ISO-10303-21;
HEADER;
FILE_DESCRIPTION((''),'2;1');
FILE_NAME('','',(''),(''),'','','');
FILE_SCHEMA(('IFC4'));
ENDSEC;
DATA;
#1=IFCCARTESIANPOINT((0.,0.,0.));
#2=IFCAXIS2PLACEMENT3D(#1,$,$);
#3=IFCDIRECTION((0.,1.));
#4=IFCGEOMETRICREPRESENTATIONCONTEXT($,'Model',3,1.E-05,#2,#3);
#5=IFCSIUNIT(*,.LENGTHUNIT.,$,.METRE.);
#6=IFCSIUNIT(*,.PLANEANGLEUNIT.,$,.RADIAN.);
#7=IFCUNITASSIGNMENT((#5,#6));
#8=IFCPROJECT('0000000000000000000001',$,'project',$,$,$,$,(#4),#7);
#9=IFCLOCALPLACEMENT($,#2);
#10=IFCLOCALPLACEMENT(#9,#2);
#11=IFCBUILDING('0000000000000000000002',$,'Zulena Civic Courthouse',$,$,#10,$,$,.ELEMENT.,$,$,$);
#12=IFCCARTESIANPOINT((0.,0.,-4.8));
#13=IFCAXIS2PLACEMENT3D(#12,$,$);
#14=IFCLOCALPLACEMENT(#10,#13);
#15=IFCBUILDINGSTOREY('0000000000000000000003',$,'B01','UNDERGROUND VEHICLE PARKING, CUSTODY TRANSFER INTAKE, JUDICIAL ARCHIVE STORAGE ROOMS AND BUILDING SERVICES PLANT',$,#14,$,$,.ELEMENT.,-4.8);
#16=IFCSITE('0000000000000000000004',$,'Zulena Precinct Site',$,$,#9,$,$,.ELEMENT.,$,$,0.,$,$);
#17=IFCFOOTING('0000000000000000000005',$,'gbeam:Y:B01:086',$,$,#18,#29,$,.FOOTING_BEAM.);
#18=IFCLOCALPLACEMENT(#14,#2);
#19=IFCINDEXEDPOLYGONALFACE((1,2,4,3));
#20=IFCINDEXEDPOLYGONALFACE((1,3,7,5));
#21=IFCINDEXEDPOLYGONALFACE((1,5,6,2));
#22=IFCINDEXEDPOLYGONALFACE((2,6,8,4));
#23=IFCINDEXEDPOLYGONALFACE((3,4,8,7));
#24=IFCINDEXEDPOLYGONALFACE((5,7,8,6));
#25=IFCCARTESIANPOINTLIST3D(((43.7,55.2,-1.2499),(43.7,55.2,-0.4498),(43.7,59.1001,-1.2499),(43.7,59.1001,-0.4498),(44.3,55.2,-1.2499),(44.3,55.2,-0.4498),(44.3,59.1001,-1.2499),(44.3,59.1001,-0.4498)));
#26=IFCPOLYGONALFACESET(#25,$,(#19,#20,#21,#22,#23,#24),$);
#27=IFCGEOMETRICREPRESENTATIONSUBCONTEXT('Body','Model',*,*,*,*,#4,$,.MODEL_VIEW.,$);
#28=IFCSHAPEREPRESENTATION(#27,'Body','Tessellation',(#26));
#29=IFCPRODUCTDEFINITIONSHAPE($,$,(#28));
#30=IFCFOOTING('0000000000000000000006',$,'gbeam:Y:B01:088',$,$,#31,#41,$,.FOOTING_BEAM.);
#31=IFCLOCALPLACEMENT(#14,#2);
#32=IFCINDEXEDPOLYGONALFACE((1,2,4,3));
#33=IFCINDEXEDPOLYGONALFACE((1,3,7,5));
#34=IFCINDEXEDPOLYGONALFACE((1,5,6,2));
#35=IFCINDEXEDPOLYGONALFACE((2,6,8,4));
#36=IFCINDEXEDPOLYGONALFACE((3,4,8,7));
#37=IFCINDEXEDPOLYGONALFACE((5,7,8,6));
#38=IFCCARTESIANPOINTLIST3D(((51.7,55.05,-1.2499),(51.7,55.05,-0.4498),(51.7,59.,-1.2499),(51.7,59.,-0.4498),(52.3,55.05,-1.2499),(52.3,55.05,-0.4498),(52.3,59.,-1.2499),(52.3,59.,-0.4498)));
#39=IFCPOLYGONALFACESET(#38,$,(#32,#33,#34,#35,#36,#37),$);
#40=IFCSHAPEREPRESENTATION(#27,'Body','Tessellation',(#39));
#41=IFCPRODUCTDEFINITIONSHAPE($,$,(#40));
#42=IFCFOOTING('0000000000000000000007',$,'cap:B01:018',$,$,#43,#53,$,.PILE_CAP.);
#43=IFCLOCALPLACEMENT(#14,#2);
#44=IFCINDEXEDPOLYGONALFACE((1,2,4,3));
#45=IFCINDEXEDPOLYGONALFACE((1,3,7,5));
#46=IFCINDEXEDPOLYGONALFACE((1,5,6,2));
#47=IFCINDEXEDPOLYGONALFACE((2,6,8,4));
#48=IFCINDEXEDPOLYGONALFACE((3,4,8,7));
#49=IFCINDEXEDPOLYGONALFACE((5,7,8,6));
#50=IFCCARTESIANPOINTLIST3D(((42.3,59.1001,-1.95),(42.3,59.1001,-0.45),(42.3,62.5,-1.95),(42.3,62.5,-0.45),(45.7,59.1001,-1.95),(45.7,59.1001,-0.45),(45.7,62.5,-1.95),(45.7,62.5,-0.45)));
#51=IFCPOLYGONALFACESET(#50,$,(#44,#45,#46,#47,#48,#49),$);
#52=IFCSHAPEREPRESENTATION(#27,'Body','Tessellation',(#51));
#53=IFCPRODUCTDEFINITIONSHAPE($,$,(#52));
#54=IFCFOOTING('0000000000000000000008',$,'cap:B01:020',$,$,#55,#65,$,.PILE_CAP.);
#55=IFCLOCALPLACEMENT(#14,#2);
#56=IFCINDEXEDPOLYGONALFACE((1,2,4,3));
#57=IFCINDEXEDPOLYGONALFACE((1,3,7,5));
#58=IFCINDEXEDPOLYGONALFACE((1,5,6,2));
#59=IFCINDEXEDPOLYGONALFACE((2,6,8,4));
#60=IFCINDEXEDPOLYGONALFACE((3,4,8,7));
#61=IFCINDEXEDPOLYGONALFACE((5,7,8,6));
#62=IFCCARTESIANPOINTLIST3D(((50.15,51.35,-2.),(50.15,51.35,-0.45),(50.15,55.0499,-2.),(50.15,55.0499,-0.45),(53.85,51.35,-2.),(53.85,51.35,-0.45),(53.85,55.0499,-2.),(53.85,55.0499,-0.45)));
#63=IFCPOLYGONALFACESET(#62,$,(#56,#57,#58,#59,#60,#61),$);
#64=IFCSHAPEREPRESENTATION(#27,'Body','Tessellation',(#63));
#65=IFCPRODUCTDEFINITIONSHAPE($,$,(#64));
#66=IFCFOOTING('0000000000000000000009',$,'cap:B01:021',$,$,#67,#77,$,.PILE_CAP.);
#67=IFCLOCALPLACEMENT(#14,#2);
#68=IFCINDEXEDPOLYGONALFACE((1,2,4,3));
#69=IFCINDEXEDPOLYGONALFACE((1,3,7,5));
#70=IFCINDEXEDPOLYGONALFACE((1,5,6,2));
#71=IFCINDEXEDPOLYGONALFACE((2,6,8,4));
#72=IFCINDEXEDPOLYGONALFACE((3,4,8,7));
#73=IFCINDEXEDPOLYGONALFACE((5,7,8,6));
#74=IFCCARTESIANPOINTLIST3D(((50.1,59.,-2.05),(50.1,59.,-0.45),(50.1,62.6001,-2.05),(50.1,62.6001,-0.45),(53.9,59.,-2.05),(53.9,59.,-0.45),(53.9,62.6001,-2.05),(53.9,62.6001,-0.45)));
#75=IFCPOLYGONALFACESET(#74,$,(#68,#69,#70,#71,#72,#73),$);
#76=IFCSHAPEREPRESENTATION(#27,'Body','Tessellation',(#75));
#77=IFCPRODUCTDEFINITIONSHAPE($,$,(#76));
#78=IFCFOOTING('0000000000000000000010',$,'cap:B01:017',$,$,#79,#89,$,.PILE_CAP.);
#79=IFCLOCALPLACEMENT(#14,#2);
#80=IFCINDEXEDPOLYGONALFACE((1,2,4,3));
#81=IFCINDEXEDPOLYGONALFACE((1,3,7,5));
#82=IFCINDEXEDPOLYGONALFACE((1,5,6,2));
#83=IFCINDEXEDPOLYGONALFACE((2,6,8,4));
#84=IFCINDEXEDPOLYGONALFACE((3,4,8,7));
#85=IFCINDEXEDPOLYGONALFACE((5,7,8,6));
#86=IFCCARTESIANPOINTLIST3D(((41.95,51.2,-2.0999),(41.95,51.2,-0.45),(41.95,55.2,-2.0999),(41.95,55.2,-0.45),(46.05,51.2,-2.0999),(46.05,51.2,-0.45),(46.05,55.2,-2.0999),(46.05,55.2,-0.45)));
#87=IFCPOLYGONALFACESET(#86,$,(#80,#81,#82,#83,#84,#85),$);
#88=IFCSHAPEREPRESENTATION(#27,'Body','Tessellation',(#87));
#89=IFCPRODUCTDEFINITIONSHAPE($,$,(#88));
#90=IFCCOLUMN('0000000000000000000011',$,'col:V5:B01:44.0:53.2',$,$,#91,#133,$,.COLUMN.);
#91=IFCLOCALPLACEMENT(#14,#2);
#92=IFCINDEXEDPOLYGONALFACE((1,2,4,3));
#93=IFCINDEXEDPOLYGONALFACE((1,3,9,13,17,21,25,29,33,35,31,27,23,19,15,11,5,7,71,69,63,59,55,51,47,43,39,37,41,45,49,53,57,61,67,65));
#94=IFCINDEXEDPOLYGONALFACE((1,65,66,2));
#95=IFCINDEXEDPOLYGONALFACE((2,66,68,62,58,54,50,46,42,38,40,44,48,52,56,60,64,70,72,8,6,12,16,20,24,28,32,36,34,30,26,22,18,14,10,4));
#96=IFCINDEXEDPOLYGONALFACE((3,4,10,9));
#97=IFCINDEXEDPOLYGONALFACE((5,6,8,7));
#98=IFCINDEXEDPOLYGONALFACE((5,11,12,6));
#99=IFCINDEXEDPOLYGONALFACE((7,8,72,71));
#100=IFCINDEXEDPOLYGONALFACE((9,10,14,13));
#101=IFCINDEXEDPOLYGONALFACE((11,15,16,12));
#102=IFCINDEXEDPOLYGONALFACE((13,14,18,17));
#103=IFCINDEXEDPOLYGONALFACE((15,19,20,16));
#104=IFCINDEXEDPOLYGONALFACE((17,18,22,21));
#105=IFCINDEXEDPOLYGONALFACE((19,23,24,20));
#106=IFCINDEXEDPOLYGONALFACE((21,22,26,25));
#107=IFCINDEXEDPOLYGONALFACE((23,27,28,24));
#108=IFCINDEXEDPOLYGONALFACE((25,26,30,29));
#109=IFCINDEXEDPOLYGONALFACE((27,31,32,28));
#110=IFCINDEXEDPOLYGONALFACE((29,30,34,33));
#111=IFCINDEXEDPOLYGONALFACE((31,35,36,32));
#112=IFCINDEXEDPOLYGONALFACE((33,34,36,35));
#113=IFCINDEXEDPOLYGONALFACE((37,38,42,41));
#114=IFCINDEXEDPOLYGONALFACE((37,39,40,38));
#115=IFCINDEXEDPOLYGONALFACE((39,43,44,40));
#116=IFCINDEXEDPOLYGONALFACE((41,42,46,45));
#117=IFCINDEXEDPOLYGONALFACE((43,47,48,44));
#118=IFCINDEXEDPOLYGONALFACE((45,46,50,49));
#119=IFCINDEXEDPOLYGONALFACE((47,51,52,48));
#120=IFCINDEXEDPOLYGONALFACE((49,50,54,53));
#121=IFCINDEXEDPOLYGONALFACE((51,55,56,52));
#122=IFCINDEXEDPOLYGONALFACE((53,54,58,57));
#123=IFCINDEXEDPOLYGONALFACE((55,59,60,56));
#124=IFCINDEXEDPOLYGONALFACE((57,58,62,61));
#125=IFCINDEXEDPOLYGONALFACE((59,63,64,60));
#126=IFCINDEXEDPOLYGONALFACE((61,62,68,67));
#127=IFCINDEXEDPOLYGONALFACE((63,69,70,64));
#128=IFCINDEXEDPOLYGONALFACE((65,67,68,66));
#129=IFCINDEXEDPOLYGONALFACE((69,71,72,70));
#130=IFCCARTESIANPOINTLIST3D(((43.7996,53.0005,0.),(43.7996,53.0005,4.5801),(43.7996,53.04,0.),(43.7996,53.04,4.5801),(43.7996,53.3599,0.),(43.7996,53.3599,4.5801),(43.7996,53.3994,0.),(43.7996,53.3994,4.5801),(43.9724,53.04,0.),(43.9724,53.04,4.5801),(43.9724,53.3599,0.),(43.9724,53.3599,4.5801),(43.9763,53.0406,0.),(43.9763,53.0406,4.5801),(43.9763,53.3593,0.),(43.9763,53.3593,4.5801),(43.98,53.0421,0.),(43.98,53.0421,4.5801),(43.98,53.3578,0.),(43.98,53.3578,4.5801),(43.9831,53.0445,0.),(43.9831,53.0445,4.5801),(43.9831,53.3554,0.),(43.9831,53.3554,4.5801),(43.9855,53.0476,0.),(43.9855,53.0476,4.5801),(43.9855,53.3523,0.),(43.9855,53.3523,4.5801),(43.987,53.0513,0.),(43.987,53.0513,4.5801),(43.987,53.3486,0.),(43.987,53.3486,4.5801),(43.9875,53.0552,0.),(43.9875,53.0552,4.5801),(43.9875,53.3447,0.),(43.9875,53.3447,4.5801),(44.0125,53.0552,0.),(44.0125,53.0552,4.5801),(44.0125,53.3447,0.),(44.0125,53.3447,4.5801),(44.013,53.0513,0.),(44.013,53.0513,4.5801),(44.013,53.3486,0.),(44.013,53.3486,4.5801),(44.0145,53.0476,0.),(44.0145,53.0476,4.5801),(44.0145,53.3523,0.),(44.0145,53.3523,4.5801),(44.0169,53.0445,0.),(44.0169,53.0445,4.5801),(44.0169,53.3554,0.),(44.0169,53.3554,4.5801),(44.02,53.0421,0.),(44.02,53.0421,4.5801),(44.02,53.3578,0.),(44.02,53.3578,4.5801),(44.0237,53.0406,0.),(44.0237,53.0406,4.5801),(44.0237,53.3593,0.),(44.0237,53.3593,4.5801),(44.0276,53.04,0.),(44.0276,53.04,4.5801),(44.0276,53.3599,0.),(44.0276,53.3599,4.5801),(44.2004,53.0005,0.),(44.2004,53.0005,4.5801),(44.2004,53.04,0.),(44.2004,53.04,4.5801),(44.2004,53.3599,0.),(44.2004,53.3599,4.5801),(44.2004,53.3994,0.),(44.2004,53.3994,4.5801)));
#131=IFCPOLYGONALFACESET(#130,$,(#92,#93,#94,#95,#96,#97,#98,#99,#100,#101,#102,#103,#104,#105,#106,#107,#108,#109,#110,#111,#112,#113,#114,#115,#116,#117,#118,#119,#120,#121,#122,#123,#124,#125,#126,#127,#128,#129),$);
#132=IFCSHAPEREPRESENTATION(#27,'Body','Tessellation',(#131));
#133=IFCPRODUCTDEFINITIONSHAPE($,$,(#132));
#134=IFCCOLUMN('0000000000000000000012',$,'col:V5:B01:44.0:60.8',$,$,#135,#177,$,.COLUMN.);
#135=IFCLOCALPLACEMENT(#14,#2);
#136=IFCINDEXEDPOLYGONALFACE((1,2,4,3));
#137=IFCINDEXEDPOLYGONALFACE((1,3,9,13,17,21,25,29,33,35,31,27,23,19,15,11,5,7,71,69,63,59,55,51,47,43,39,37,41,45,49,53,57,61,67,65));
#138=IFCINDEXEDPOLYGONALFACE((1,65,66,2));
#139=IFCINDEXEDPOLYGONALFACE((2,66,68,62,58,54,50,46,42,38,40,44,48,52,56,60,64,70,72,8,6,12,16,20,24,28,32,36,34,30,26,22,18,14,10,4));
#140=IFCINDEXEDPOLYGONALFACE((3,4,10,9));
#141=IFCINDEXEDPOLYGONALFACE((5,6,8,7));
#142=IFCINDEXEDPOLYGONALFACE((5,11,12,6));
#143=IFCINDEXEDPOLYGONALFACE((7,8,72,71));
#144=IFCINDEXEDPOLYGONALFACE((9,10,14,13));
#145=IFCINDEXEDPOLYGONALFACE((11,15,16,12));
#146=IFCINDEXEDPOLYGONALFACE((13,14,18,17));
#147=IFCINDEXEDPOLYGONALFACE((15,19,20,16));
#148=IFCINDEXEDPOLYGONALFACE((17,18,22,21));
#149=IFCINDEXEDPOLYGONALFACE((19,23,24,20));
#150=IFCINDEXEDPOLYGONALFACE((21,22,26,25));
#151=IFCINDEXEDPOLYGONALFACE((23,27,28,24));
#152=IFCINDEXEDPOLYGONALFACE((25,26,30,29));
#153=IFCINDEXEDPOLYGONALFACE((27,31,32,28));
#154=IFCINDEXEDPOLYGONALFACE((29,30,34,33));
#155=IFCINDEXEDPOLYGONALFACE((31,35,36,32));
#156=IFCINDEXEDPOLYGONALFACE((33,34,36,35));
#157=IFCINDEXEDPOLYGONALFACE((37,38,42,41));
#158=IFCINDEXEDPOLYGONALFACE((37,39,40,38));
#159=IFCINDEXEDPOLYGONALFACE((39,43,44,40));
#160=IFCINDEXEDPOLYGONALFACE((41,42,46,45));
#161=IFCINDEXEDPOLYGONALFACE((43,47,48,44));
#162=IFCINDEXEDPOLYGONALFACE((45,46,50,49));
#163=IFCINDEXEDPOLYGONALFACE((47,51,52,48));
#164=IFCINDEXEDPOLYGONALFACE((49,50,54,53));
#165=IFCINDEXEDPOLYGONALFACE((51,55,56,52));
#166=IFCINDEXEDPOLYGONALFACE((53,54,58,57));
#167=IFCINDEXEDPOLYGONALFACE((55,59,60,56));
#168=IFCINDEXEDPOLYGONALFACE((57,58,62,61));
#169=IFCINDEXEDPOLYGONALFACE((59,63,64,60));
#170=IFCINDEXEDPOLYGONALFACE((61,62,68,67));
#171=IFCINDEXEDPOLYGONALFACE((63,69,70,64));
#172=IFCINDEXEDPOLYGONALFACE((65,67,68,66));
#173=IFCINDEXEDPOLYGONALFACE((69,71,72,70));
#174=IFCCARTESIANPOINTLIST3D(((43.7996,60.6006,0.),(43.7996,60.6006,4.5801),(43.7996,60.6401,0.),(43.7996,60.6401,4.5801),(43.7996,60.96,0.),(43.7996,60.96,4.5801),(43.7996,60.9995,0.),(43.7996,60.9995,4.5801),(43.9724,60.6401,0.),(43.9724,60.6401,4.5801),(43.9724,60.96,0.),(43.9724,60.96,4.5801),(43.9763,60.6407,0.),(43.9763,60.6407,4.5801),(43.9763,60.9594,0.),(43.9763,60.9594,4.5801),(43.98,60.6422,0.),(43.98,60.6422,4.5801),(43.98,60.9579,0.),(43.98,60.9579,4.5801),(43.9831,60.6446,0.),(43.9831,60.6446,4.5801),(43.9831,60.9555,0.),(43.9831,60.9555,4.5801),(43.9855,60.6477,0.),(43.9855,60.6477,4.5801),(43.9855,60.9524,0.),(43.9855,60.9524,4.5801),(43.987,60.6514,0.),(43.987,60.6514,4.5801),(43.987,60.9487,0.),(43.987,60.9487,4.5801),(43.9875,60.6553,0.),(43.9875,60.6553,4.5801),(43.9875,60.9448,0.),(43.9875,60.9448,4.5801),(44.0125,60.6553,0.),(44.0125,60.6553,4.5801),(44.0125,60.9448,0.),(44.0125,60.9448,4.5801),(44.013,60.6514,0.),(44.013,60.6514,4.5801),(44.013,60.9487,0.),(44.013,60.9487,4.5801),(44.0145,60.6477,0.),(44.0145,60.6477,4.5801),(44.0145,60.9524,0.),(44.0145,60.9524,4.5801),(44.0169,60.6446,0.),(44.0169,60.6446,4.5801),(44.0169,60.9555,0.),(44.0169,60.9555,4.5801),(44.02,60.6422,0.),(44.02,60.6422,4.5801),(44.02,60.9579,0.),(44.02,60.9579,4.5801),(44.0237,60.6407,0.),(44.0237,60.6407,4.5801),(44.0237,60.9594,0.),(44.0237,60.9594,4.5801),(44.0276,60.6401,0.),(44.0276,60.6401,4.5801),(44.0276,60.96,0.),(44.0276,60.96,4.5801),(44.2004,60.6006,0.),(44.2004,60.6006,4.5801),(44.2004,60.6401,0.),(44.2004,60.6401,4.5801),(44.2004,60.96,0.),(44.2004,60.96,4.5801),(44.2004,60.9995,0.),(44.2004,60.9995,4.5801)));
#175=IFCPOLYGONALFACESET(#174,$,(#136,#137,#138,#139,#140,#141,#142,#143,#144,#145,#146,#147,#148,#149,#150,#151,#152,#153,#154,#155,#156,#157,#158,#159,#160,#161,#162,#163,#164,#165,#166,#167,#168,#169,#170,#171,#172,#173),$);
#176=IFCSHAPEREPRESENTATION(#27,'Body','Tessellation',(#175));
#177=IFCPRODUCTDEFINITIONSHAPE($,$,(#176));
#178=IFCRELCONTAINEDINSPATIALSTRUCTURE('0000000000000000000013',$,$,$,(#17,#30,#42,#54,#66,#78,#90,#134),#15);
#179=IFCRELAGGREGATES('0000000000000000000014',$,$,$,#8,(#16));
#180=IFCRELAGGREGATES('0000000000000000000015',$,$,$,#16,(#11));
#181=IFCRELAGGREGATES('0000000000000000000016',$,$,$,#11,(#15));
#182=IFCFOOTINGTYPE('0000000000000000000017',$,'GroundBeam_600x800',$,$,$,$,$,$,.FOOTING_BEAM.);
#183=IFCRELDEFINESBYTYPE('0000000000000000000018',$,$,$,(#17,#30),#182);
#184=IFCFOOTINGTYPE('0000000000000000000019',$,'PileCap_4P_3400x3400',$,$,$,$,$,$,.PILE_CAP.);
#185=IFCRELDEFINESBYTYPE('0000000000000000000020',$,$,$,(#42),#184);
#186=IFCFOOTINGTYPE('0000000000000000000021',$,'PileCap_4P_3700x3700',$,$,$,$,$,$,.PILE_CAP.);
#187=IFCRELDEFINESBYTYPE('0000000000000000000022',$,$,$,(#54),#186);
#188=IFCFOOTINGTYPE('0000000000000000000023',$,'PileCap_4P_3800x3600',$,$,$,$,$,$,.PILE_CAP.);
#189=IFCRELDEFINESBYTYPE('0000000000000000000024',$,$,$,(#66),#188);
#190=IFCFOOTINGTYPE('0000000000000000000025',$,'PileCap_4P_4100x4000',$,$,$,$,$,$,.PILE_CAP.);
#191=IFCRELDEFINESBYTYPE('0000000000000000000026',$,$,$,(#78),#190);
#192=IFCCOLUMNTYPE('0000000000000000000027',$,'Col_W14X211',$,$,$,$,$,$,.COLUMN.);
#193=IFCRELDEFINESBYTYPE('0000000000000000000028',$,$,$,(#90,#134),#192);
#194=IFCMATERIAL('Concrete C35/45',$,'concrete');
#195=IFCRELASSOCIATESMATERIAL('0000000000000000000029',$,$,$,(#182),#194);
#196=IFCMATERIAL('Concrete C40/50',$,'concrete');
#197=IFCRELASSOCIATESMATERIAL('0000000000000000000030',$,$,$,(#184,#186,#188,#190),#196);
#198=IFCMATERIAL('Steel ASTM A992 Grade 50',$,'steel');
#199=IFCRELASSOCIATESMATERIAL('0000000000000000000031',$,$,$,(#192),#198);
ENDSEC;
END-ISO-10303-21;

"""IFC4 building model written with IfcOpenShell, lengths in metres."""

from ifc_helpers import new_model, si_unit, direction, frame, origin, origin_2d, place, context, subcontext, project, spatial, rectangle, i_section, extrude, material, material_profile, profile_set, type_object, element, save


model = new_model("IFC4")

# Units and contexts
model_context = context("Model", 3, precision=1e-05, world=origin(), true_north=direction((0.0, 1.0)))
body_context = subcontext(model_context, "Body", "Model", "MODEL_VIEW")
ifc_project = project(units=[si_unit("LENGTHUNIT", "METRE"), si_unit("PLANEANGLEUNIT", "RADIAN")], contexts=[model_context])

# Site, building, storey
site_placement = place(None, origin())
site = spatial("IfcSite", under=ifc_project, at=site_placement, Name="Zulena Precinct Site", CompositionType="ELEMENT", RefElevation=0.0)
building_placement = place(site_placement, origin())
building = spatial("IfcBuilding", under=site, at=building_placement, Name="Zulena Civic Courthouse", CompositionType="ELEMENT")
storey_placement = place(building_placement, frame((0.0, 0.0, -4.8)))
storey = spatial("IfcBuildingStorey", under=building, at=storey_placement, Name="B01", Description="UNDERGROUND VEHICLE PARKING, CUSTODY TRANSFER INTAKE, JUDICIAL ARCHIVE STORAGE ROOMS AND BUILDING SERVICES PLANT", CompositionType="ELEMENT", Elevation=-4.8)

# Shared definitions
ifc_material_1 = material(Name="Concrete C40/50", Category="concrete")

# Footings
ifc_material_2 = material(Name="Concrete C35/45", Category="concrete")
ifc_material_profile_1 = material_profile(ifc_material_2, rectangle(XDim=0.6001, YDim=0.8, at=origin_2d()), Name="RC600X800")
ifc_profile_set_1 = profile_set([ifc_material_profile_1], Name="Concrete C35/45")
footing_type_1 = type_object("IfcFootingType", Name="GroundBeam_600x800", PredefinedType="FOOTING_BEAM", material=ifc_profile_set_1)
footing_1_placement = place(storey_placement, frame((44.0, 55.2, -0.8499), z_axis=(0.0, 1.0, 0.0), x_axis=(-1.0, 0.0, 0.0)))
element("IfcFooting", 1, at=footing_1_placement, inside=storey, type_object=footing_type_1, Name="gbeam:Y:B01:086", PredefinedType="FOOTING_BEAM", context=body_context, shape_type="SweptSolid", body=[
    extrude(rectangle(XDim=0.6001, YDim=0.8, at=origin_2d()), origin(), (0.0, 0.0, 1.0), 3.9001),
])
footing_2_placement = place(storey_placement, frame((52.0, 55.05, -0.8499), z_axis=(0.0, 1.0, 0.0), x_axis=(-1.0, 0.0, 0.0)))
element("IfcFooting", 2, at=footing_2_placement, inside=storey, type_object=footing_type_1, Name="gbeam:Y:B01:088", PredefinedType="FOOTING_BEAM", context=body_context, shape_type="SweptSolid", body=[
    extrude(rectangle(XDim=0.6001, YDim=0.8, at=origin_2d()), origin(), (0.0, 0.0, 1.0), 3.95),
])
footing_type_2 = type_object("IfcFootingType", Name="PileCap_4P_3400x3400", PredefinedType="PILE_CAP", material=ifc_material_1)
footing_3_placement = place(storey_placement, frame((44.0, 60.8, -1.95), z_axis=(0.0, 0.0, 1.0), x_axis=(1.0, 0.0, 0.0)))
element("IfcFooting", 3, at=footing_3_placement, inside=storey, type_object=footing_type_2, Name="cap:B01:018", PredefinedType="PILE_CAP", context=body_context, shape_type="SweptSolid", body=[
    extrude(rectangle(XDim=3.3999, YDim=3.3999, at=origin_2d()), origin(), (0.0, 0.0, 1.0), 1.5),
])
footing_type_3 = type_object("IfcFootingType", Name="PileCap_4P_3700x3700", PredefinedType="PILE_CAP", material=ifc_material_1)
footing_4_placement = place(storey_placement, frame((52.0, 53.2, -2.0), z_axis=(0.0, 0.0, 1.0), x_axis=(1.0, 0.0, 0.0)))
element("IfcFooting", 4, at=footing_4_placement, inside=storey, type_object=footing_type_3, Name="cap:B01:020", PredefinedType="PILE_CAP", context=body_context, shape_type="SweptSolid", body=[
    extrude(rectangle(XDim=3.7, YDim=3.7, at=origin_2d()), origin(), (0.0, 0.0, 1.0), 1.55),
])
footing_type_4 = type_object("IfcFootingType", Name="PileCap_4P_3800x3600", PredefinedType="PILE_CAP", material=ifc_material_1)
footing_5_placement = place(storey_placement, frame((52.0, 60.8, -2.05), z_axis=(0.0, 0.0, 1.0), x_axis=(1.0, 0.0, 0.0)))
element("IfcFooting", 5, at=footing_5_placement, inside=storey, type_object=footing_type_4, Name="cap:B01:021", PredefinedType="PILE_CAP", context=body_context, shape_type="SweptSolid", body=[
    extrude(rectangle(XDim=3.8, YDim=3.6001, at=origin_2d()), origin(), (0.0, 0.0, 1.0), 1.6001),
])
footing_type_5 = type_object("IfcFootingType", Name="PileCap_4P_4100x4000", PredefinedType="PILE_CAP", material=ifc_material_1)
footing_6_placement = place(storey_placement, frame((44.0, 53.2, -2.0999), z_axis=(0.0, 0.0, 1.0), x_axis=(1.0, 0.0, 0.0)))
element("IfcFooting", 6, at=footing_6_placement, inside=storey, type_object=footing_type_5, Name="cap:B01:017", PredefinedType="PILE_CAP", context=body_context, shape_type="SweptSolid", body=[
    extrude(rectangle(XDim=4.1001, YDim=4.0, at=origin_2d()), origin(), (0.0, 0.0, 1.0), 1.6499),
])

# Columns
ifc_material_3 = material(Name="Steel ASTM A992 Grade 50", Category="steel")
ifc_material_profile_2 = material_profile(ifc_material_3, i_section(OverallWidth=0.4009, OverallDepth=0.3989, WebThickness=0.0249, FlangeThickness=0.0396, FilletRadius=0.0151, at=origin_2d()), Name="W14X211")
ifc_profile_set_2 = profile_set([ifc_material_profile_2], Name="Steel ASTM A992 Grade 50")
column_type = type_object("IfcColumnType", Name="Col_W14X211", PredefinedType="COLUMN", material=ifc_profile_set_2)
for number, where, z_axis, x_axis, name in (
    (7, (44.0, 53.2, 0.0), (0.0, 0.0, 1.0), (1.0, 0.0, 0.0), "col:V5:B01:44.0:53.2"),
    (8, (44.0, 60.8, 0.0), (0.0, 0.0, 1.0), (1.0, 0.0, 0.0), "col:V5:B01:44.0:60.8"),
):
    element("IfcColumn", number, at=place(storey_placement, frame(where, z_axis=z_axis, x_axis=x_axis)), inside=storey, type_object=column_type, Name=name, PredefinedType="COLUMN", context=body_context, shape_type="SweptSolid", body=[
        extrude(i_section(OverallWidth=0.4009, OverallDepth=0.3989, WebThickness=0.0249, FlangeThickness=0.0396, FilletRadius=0.0151, at=origin_2d()), origin(), (0.0, 0.0, 1.0), 4.5801),
    ])

save(model, "model.ifc")
